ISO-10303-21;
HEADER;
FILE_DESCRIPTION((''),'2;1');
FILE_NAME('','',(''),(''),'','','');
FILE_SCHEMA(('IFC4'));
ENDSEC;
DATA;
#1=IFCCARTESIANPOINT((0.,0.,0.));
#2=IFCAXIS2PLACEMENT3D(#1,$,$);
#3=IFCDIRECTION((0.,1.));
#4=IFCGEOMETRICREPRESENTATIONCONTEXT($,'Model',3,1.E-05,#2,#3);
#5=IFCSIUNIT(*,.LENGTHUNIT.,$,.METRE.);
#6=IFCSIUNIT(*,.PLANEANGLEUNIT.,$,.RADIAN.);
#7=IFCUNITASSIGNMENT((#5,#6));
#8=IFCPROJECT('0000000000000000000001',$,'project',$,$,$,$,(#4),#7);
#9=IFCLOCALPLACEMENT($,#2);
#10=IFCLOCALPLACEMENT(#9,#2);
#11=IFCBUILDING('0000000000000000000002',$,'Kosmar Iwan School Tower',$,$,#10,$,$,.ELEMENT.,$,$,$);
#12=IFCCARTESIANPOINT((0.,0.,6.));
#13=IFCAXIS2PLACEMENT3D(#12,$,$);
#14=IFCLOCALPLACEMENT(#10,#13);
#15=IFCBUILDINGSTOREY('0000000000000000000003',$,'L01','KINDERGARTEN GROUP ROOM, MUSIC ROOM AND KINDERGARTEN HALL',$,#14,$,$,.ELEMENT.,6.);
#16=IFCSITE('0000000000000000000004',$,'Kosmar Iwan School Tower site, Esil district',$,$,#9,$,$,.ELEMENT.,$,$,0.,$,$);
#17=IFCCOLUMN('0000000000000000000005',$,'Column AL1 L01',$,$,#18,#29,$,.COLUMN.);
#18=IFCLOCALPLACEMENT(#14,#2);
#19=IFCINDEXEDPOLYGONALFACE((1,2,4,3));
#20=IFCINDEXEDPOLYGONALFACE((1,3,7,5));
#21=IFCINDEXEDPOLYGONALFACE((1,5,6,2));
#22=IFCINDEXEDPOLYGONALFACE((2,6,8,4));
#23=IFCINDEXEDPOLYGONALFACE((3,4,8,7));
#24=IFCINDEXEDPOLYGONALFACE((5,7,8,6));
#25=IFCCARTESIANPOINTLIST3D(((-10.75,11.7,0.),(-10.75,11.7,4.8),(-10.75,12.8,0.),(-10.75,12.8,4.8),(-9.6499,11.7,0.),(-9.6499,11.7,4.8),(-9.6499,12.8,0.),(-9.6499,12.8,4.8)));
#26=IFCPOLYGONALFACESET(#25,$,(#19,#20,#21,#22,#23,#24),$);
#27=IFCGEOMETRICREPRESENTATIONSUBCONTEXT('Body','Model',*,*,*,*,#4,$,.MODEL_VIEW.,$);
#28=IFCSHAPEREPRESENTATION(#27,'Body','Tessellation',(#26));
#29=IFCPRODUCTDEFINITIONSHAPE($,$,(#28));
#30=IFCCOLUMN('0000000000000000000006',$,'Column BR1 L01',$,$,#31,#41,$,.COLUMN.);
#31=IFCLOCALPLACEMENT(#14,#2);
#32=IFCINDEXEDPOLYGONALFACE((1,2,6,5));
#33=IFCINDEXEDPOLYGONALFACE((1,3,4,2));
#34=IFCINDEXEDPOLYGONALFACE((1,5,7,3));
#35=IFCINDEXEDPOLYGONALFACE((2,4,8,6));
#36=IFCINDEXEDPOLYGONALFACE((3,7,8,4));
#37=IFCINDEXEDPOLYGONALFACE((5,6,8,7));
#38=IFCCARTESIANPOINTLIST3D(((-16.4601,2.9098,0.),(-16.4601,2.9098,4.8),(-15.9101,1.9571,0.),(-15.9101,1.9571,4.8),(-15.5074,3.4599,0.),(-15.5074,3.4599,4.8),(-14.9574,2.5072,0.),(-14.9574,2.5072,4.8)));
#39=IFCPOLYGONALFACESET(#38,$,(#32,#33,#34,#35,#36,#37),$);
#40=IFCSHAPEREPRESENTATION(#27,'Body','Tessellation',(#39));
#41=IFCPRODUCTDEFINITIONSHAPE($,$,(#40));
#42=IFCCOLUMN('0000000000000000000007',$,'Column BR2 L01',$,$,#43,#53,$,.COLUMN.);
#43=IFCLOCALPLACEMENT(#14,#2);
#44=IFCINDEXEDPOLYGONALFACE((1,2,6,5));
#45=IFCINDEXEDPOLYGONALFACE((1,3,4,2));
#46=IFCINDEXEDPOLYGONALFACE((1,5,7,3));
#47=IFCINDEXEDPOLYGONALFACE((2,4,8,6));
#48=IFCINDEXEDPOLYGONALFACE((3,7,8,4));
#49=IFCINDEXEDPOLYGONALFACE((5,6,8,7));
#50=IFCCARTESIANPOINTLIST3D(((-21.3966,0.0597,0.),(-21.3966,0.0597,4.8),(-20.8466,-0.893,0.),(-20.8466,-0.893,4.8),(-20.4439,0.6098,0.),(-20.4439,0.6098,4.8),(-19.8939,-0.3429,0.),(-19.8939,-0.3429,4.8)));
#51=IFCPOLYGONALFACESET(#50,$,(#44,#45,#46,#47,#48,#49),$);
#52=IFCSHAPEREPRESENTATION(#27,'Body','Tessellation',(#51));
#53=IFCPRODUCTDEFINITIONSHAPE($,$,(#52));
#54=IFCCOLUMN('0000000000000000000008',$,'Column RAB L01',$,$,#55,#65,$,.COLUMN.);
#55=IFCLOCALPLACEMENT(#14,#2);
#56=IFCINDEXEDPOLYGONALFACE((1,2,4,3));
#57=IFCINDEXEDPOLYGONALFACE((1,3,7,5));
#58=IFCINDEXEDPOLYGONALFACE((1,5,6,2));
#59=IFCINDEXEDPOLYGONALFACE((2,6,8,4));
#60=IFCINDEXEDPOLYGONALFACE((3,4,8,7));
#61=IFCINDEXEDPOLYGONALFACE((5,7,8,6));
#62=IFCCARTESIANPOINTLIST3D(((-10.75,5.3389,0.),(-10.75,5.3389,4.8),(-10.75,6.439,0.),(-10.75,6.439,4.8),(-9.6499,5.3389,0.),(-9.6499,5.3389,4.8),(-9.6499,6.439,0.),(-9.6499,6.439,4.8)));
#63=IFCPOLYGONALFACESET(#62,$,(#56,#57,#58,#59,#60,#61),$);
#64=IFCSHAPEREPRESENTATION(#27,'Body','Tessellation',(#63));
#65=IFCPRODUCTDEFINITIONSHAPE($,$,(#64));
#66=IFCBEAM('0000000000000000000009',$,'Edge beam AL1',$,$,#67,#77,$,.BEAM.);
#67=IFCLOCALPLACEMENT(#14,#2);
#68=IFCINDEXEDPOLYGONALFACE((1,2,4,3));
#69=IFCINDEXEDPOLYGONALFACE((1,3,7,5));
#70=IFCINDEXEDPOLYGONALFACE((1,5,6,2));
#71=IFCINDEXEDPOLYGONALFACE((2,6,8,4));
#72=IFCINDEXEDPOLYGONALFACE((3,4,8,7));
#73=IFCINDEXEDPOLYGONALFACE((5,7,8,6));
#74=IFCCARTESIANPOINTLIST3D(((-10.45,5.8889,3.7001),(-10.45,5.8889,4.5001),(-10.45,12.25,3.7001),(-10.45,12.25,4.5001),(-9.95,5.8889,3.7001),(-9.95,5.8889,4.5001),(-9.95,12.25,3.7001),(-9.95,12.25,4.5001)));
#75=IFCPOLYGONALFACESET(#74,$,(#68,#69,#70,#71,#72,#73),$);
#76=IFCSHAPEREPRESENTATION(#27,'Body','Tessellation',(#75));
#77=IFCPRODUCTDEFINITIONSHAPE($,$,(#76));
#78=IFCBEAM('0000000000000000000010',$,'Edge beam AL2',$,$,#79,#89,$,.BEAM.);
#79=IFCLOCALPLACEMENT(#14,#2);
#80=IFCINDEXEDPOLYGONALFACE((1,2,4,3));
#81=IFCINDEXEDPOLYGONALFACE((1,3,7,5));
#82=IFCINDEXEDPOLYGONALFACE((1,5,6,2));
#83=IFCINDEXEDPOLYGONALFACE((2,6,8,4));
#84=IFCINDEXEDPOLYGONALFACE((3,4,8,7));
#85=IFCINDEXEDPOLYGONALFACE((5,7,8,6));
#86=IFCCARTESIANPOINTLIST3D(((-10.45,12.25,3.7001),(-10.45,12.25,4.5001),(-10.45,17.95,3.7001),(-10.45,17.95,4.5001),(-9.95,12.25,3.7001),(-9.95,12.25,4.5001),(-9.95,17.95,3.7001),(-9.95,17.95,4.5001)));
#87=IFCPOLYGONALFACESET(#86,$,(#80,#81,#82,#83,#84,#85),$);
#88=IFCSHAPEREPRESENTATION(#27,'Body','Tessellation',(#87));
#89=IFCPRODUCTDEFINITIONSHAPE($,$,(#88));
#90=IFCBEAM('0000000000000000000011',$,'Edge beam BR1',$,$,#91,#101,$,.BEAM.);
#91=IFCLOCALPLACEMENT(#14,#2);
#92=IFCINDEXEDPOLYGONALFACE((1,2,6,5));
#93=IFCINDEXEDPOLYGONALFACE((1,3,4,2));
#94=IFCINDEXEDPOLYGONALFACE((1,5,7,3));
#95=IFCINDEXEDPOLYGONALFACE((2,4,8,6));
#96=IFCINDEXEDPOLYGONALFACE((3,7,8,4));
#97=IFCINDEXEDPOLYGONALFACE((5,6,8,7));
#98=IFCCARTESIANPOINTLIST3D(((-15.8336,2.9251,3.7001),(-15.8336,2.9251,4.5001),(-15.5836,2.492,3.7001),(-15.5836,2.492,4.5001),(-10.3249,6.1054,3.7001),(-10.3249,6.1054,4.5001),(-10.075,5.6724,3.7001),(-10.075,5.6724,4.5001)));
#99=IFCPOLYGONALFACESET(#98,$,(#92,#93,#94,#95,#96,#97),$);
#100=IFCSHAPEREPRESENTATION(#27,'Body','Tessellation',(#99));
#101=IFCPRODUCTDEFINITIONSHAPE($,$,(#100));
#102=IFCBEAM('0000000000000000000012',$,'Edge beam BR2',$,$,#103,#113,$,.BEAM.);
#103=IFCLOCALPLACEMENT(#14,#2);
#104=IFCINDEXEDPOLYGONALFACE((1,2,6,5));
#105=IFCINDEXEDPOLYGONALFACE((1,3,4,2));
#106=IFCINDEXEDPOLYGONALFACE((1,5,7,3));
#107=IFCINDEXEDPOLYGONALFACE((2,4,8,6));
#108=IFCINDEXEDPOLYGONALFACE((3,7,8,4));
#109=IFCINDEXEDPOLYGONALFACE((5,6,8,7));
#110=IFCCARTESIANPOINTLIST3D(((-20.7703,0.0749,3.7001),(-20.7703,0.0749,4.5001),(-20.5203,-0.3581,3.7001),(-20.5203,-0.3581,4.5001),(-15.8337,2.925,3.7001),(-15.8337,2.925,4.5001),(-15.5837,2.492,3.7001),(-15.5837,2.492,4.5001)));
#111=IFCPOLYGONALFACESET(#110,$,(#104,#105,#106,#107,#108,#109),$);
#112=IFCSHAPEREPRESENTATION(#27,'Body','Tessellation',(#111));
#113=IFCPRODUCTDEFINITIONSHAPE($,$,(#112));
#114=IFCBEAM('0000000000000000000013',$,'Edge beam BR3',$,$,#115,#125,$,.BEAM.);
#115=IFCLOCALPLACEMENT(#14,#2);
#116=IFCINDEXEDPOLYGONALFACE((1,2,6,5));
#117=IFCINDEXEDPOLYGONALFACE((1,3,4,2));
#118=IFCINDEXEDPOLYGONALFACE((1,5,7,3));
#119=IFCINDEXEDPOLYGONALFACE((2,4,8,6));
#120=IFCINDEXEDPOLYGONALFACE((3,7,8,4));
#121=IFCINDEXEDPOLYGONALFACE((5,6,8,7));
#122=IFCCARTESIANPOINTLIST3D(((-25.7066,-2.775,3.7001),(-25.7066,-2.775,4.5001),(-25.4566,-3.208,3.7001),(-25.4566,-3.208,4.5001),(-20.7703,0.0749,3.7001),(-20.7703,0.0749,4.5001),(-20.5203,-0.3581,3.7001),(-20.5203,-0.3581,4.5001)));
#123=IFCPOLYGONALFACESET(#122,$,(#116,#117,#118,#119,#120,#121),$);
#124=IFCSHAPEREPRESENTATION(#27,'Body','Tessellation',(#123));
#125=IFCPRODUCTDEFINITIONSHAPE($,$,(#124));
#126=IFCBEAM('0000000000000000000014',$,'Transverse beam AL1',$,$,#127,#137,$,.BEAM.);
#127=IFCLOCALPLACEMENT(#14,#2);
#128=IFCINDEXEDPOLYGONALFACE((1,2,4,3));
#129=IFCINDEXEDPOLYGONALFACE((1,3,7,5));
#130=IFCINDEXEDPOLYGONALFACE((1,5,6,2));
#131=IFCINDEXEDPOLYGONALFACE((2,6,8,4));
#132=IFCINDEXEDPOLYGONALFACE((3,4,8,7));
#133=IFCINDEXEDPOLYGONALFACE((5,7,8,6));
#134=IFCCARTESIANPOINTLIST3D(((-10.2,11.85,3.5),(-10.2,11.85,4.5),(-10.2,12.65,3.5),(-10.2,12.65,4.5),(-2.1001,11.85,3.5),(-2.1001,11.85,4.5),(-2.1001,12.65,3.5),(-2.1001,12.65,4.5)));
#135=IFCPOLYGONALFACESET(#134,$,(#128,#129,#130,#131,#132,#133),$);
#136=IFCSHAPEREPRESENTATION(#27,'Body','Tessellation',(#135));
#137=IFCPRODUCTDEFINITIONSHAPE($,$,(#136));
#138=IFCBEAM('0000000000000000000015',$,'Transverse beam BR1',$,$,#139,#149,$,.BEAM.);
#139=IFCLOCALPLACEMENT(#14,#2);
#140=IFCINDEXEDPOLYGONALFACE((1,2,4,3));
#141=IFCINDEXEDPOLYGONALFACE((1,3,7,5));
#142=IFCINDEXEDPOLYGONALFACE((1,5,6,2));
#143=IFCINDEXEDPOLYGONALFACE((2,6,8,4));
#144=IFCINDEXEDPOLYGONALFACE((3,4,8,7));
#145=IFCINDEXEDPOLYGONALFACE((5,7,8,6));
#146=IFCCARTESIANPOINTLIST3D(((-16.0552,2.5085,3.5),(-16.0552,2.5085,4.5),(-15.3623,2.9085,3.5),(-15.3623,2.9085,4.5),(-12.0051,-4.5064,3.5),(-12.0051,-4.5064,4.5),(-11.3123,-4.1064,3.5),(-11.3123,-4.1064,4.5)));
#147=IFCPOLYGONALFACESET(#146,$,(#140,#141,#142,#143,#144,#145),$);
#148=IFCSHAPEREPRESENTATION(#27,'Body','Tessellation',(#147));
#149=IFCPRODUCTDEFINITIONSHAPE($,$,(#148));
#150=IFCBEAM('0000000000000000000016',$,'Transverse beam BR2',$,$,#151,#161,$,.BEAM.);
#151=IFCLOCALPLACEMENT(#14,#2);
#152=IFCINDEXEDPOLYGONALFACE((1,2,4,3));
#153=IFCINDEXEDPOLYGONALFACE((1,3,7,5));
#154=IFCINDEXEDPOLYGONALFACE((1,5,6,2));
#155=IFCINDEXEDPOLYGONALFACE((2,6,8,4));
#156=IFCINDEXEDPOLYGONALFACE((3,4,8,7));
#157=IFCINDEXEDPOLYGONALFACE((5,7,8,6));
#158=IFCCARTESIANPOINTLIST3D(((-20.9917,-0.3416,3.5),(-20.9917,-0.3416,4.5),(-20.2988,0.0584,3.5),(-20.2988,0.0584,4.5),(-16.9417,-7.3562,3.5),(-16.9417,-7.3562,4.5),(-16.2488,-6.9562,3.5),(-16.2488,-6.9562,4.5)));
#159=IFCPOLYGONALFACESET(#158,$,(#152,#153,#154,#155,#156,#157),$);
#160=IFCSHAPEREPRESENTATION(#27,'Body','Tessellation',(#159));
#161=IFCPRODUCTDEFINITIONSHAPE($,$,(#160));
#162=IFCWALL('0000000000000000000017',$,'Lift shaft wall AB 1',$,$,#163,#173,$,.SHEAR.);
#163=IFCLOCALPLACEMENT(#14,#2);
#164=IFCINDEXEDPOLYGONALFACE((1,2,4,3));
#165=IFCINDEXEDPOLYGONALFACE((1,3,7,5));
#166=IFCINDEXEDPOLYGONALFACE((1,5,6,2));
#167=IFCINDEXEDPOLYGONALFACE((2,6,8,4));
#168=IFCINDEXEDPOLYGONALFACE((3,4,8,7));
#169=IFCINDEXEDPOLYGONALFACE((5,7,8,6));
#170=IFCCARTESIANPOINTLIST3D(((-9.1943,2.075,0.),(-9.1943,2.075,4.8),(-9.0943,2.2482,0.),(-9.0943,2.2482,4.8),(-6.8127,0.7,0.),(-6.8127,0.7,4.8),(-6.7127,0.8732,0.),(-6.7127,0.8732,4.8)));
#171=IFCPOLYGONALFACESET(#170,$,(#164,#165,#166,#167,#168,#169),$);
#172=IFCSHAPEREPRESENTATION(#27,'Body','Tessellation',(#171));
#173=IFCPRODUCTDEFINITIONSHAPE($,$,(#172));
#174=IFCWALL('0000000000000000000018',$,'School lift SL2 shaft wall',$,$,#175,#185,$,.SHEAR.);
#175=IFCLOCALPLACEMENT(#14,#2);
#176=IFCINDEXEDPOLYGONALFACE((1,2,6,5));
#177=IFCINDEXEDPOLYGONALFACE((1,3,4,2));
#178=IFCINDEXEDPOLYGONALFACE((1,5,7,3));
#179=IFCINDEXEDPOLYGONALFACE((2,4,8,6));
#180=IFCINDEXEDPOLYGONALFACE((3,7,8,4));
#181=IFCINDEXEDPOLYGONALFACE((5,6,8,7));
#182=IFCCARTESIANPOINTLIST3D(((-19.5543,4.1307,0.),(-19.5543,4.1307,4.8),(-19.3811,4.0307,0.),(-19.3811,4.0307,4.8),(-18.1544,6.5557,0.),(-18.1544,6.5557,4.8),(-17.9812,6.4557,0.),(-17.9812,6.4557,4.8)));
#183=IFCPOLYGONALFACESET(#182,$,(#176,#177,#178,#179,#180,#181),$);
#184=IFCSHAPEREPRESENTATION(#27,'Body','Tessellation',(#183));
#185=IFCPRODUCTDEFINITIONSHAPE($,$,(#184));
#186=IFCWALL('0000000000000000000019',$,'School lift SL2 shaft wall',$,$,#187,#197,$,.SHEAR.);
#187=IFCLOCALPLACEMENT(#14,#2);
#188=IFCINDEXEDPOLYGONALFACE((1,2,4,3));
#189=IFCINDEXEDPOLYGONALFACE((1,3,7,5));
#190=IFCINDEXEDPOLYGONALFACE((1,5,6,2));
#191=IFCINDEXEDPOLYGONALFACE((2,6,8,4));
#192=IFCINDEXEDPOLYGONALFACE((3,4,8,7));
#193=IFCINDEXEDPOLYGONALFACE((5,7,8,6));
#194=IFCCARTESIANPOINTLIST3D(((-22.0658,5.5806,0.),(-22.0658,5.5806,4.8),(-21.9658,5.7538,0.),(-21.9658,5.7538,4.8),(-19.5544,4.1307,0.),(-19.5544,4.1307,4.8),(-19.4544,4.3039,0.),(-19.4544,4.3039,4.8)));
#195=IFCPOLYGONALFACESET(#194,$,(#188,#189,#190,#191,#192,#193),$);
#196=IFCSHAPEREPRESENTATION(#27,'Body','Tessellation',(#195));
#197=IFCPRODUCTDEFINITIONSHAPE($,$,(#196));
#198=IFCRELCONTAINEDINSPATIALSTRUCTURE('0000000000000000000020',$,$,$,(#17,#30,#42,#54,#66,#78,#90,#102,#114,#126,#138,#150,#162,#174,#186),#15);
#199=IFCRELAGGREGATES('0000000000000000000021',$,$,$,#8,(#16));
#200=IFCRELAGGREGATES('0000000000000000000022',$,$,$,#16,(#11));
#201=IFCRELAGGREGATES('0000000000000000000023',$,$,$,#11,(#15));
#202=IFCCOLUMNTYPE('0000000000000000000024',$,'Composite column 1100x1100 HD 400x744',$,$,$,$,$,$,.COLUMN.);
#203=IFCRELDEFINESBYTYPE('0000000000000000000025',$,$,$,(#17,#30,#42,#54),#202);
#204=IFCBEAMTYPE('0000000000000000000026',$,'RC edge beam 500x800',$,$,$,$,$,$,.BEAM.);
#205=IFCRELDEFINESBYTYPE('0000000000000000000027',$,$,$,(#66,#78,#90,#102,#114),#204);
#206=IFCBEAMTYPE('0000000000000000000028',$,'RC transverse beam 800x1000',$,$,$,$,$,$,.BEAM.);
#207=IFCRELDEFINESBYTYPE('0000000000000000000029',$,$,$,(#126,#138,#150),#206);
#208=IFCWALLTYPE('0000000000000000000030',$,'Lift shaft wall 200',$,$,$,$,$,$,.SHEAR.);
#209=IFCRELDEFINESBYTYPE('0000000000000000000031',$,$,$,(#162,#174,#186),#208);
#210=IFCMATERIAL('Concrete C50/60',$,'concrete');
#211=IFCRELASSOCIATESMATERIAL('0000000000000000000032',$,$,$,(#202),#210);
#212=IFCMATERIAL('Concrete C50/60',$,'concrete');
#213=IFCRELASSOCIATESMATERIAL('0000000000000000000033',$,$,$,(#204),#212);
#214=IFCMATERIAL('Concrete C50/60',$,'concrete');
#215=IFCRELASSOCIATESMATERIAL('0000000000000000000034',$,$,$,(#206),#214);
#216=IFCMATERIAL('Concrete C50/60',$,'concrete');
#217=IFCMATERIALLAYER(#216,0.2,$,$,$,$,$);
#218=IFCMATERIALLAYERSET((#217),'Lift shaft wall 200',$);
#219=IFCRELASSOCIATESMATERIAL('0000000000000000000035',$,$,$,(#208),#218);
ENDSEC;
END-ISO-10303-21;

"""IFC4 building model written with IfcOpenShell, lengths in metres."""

from ifc_helpers import new_model, si_unit, direction, frame, frame_2d, origin, origin_2d, place, context, subcontext, project, spatial, rectangle, extrude, material, layer, layer_set, material_profile, profile_set, type_object, element, save


model = new_model("IFC4")

# Units and contexts
model_context = context("Model", 3, precision=1e-05, world=origin(), true_north=direction((0.0, 1.0)))
body_context = subcontext(model_context, "Body", "Model", "MODEL_VIEW")
ifc_project = project(units=[si_unit("LENGTHUNIT", "METRE"), si_unit("PLANEANGLEUNIT", "RADIAN")], contexts=[model_context])

# Site, building, storey
site_placement = place(None, origin())
site = spatial("IfcSite", under=ifc_project, at=site_placement, Name="Kosmar Iwan School Tower site, Esil district", CompositionType="ELEMENT", RefElevation=0.0)
building_placement = place(site_placement, origin())
building = spatial("IfcBuilding", under=site, at=building_placement, Name="Kosmar Iwan School Tower", CompositionType="ELEMENT")
storey_placement = place(building_placement, frame((0.0, 0.0, 6.0)))
storey = spatial("IfcBuildingStorey", under=building, at=storey_placement, Name="L01", Description="KINDERGARTEN GROUP ROOM, MUSIC ROOM AND KINDERGARTEN HALL", CompositionType="ELEMENT", Elevation=6.0)

# Columns
ifc_material_1 = material(Name="Concrete C50/60", Category="concrete")
ifc_material_profile_1 = material_profile(ifc_material_1, rectangle(XDim=1.1001, YDim=1.1001, at=origin_2d()), Name="RC 1100x1100 + HD 400x744")
ifc_profile_set_1 = profile_set([ifc_material_profile_1], Name="Concrete C50/60")
column_type = type_object("IfcColumnType", Name="Composite column 1100x1100 HD 400x744", PredefinedType="COLUMN", material=ifc_profile_set_1)
for number, where, z_axis, x_axis, name in (
    (1, (-10.2, 12.25, 0.0), (0.0, 0.0, 1.0), (0.0, 1.0, 0.0), "Column AL1 L01"),
    (2, (-15.7087, 2.7085, 0.0), (0.0, 0.0, 1.0), (-0.866025, -0.5, 0.0), "Column BR1 L01"),
    (3, (-20.6453, -0.1416, 0.0), (0.0, 0.0, 1.0), (-0.866025, -0.5, 0.0), "Column BR2 L01"),
    (4, (-10.2, 5.8889, 0.0), (0.0, 0.0, 1.0), (1.0, 0.0, 0.0), "Column RAB L01"),
):
    element("IfcColumn", number, at=place(storey_placement, frame(where, z_axis=z_axis, x_axis=x_axis)), inside=storey, type_object=column_type, Name=name, PredefinedType="COLUMN", context=body_context, shape_type="SweptSolid", body=[
        extrude(rectangle(XDim=1.1001, YDim=1.1001, at=origin_2d()), origin(), (0.0, 0.0, 1.0), 4.8),
    ])

# Beams
ifc_material_2 = material(Name="Concrete C50/60", Category="concrete")
ifc_material_profile_2 = material_profile(ifc_material_2, rectangle(XDim=0.5, YDim=0.8, at=origin_2d()), Name="RC 500x800")
ifc_profile_set_2 = profile_set([ifc_material_profile_2], Name="Concrete C50/60")
beam_type_1 = type_object("IfcBeamType", Name="RC edge beam 500x800", PredefinedType="BEAM", material=ifc_profile_set_2)
beam_1_placement = place(storey_placement, frame((-10.2, 5.8889, 4.1001), z_axis=(0.0, 1.0, 0.0), x_axis=(-1.0, 0.0, 0.0)))
element("IfcBeam", 5, at=beam_1_placement, inside=storey, type_object=beam_type_1, Name="Edge beam AL1", PredefinedType="BEAM", context=body_context, shape_type="SweptSolid", body=[
    extrude(rectangle(XDim=0.5, YDim=0.8, at=origin_2d()), origin(), (0.0, 0.0, 1.0), 6.3611),
])
beam_2_placement = place(storey_placement, frame((-10.2, 12.25, 4.1001), z_axis=(0.0, 1.0, 0.0), x_axis=(-1.0, 0.0, 0.0)))
element("IfcBeam", 6, at=beam_2_placement, inside=storey, type_object=beam_type_1, Name="Edge beam AL2", PredefinedType="BEAM", context=body_context, shape_type="SweptSolid", body=[
    extrude(rectangle(XDim=0.5, YDim=0.8, at=origin_2d()), origin(), (0.0, 0.0, 1.0), 5.7),
])
beam_3_placement = place(storey_placement, frame((-10.2, 5.8889, 4.1001), z_axis=(-0.866031, -0.49999, 0.0), x_axis=(0.49999, -0.866031, 0.0)))
element("IfcBeam", 7, at=beam_3_placement, inside=storey, type_object=beam_type_1, Name="Edge beam BR1", PredefinedType="BEAM", context=body_context, shape_type="SweptSolid", body=[
    extrude(rectangle(XDim=0.5, YDim=0.8, at=origin_2d()), origin(), (0.0, 0.0, 1.0), 6.3608),
])
beam_4_placement = place(storey_placement, frame((-15.7087, 2.7085, 4.1001), z_axis=(-0.866026, -0.499999, 0.0), x_axis=(0.499999, -0.866026, 0.0)))
element("IfcBeam", 8, at=beam_4_placement, inside=storey, type_object=beam_type_1, Name="Edge beam BR2", PredefinedType="BEAM", context=body_context, shape_type="SweptSolid", body=[
    extrude(rectangle(XDim=0.5, YDim=0.8, at=origin_2d()), origin(), (0.0, 0.0, 1.0), 5.7002),
])
beam_5_placement = place(storey_placement, frame((-20.6453, -0.1416, 4.1001), z_axis=(-0.866034, -0.499986, 0.0), x_axis=(0.499986, -0.866034, 0.0)))
element("IfcBeam", 9, at=beam_5_placement, inside=storey, type_object=beam_type_1, Name="Edge beam BR3", PredefinedType="BEAM", context=body_context, shape_type="SweptSolid", body=[
    extrude(rectangle(XDim=0.5, YDim=0.8, at=origin_2d()), origin(), (0.0, 0.0, 1.0), 5.7),
])
ifc_material_3 = material(Name="Concrete C50/60", Category="concrete")
ifc_material_profile_3 = material_profile(ifc_material_3, rectangle(XDim=0.8, YDim=1.0, at=origin_2d()), Name="RC 800x1000")
ifc_profile_set_3 = profile_set([ifc_material_profile_3], Name="Concrete C50/60")
beam_type_2 = type_object("IfcBeamType", Name="RC transverse beam 800x1000", PredefinedType="BEAM", material=ifc_profile_set_3)
beam_6_placement = place(storey_placement, frame((-10.2, 12.25, 4.0), z_axis=(1.0, 0.0, 0.0), x_axis=(0.0, 1.0, 0.0)))
element("IfcBeam", 10, at=beam_6_placement, inside=storey, type_object=beam_type_2, Name="Transverse beam AL1", PredefinedType="BEAM", context=body_context, shape_type="SweptSolid", body=[
    extrude(rectangle(XDim=0.8, YDim=1.0, at=origin_2d()), origin(), (0.0, 0.0, 1.0), 8.0999),
])
beam_7_placement = place(storey_placement, frame((-15.7087, 2.7085, 4.0), z_axis=(0.5, -0.866025, 0.0), x_axis=(0.866025, 0.5, 0.0)))
element("IfcBeam", 11, at=beam_7_placement, inside=storey, type_object=beam_type_2, Name="Transverse beam BR1", PredefinedType="BEAM", context=body_context, shape_type="SweptSolid", body=[
    extrude(rectangle(XDim=0.8, YDim=1.0, at=origin_2d()), origin(), (0.0, 0.0, 1.0), 8.1001),
])
beam_8_placement = place(storey_placement, frame((-20.6453, -0.1416, 4.0), z_axis=(0.500013, -0.866018, 0.0), x_axis=(0.866018, 0.500013, 0.0)))
element("IfcBeam", 12, at=beam_8_placement, inside=storey, type_object=beam_type_2, Name="Transverse beam BR2", PredefinedType="BEAM", context=body_context, shape_type="SweptSolid", body=[
    extrude(rectangle(XDim=0.8, YDim=1.0, at=origin_2d()), origin(), (0.0, 0.0, 1.0), 8.0999),
])

# Walls
ifc_material_4 = material(Name="Concrete C50/60", Category="concrete")
ifc_layer_1 = layer(ifc_material_4, 0.2)
ifc_layer_set_1 = layer_set([ifc_layer_1], Name="Lift shaft wall 200")
wall_type_1 = type_object("IfcWallType", Name="Lift shaft wall 200", PredefinedType="SHEAR", material=ifc_layer_set_1)
wall_1_placement = place(storey_placement, frame((-6.7627, 0.7866, 0.0), z_axis=(0.0, 0.0, 1.0), x_axis=(-0.866027, 0.499997, 0.0)))
element("IfcWall", 13, at=wall_1_placement, inside=storey, type_object=wall_type_1, Name="Lift shaft wall AB 1", PredefinedType="SHEAR", context=body_context, shape_type="SweptSolid", body=[
    extrude(rectangle(XDim=2.75, YDim=0.2, at=frame_2d((1.375, 0.0))), origin(), (0.0, 0.0, 1.0), 4.8),
])
wall_2_placement = place(storey_placement, frame((-18.0679, 6.5056, 0.0), z_axis=(0.0, 0.0, 1.0), x_axis=(-0.499946, -0.866056, 0.0)))
element("IfcWall", 14, at=wall_2_placement, inside=storey, type_object=wall_type_1, Name="School lift SL2 shaft wall", PredefinedType="SHEAR", context=body_context, shape_type="SweptSolid", body=[
    extrude(rectangle(XDim=2.8, YDim=0.2, at=frame_2d((1.3999, 0.0))), origin(), (0.0, 0.0, 1.0), 4.8),
])
wall_3_placement = place(storey_placement, frame((-19.5044, 4.2173, 0.0), z_axis=(0.0, 0.0, 1.0), x_axis=(-0.866033, 0.499987, 0.0)))
element("IfcWall", 15, at=wall_3_placement, inside=storey, type_object=wall_type_1, Name="School lift SL2 shaft wall", PredefinedType="SHEAR", context=body_context, shape_type="SweptSolid", body=[
    extrude(rectangle(XDim=2.8999, YDim=0.2, at=frame_2d((1.45, 0.0))), origin(), (0.0, 0.0, 1.0), 4.8),
])

save(model, "model.ifc")
